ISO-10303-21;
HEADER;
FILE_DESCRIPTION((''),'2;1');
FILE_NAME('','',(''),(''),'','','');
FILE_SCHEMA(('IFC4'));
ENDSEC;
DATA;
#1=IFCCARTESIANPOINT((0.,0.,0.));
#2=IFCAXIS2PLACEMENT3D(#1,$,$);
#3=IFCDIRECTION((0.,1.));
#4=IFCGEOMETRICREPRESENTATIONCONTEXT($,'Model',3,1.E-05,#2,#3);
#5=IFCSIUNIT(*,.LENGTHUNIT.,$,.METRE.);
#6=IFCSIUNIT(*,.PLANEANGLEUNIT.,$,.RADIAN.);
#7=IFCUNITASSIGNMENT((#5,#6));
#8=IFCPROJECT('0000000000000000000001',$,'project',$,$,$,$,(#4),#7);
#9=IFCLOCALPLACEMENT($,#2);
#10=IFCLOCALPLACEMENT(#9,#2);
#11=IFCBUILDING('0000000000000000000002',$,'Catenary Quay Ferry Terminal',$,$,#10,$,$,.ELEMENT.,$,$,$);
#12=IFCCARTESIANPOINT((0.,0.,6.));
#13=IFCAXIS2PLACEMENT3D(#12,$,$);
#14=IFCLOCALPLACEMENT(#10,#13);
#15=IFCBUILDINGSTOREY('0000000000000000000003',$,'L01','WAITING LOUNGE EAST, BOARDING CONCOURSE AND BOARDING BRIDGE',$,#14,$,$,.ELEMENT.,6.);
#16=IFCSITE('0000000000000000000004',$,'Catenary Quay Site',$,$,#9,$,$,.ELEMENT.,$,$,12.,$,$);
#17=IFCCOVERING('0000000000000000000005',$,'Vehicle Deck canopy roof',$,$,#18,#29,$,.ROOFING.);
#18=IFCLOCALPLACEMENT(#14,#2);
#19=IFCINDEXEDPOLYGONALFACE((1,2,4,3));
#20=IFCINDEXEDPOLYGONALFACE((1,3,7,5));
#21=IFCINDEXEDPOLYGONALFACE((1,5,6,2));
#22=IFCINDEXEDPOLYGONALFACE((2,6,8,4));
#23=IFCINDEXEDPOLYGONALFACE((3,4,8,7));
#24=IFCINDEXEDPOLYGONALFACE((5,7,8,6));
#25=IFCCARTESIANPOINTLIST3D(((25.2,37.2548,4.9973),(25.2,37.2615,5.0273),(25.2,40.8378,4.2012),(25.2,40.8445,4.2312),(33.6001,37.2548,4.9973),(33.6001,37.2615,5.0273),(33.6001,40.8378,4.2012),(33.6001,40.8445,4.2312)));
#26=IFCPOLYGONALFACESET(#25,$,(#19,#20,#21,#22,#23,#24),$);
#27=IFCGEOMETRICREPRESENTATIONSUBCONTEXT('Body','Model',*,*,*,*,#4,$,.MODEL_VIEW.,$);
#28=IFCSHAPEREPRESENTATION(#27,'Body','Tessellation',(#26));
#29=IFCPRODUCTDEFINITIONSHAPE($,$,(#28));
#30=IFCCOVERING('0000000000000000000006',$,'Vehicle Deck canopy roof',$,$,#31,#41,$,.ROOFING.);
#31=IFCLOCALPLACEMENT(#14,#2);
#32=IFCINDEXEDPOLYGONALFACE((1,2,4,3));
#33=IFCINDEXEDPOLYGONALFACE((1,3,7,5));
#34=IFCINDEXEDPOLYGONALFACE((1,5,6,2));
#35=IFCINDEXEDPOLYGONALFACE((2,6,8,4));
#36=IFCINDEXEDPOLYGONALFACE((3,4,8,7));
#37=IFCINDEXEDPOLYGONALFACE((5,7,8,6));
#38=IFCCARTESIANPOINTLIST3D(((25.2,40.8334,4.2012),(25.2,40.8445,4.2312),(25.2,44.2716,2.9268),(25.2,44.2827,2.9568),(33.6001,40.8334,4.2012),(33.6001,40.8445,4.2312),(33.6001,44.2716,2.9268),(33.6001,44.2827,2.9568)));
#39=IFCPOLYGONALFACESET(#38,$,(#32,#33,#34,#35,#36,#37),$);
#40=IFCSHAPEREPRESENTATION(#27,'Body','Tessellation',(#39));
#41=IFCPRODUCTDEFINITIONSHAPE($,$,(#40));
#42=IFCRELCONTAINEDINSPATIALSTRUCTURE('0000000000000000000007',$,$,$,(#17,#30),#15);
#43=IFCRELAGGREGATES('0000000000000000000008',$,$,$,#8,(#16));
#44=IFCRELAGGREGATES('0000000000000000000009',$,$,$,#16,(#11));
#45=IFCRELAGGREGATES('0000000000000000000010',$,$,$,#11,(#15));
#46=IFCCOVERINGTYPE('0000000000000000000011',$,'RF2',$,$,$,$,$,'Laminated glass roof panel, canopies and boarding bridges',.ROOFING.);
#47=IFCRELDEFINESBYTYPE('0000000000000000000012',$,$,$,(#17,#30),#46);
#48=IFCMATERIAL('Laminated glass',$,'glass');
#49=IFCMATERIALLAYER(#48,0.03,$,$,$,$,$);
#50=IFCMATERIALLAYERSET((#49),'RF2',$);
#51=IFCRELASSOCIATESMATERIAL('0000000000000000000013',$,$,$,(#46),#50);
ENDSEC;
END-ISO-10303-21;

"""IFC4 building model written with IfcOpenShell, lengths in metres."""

from ifc_helpers import new_model, si_unit, direction, frame, origin, place, context, subcontext, project, spatial, polyline, outline, extrude, material, layer, layer_set, type_object, element, save


model = new_model("IFC4")

# Units and contexts
model_context = context("Model", 3, precision=1e-05, world=origin(), true_north=direction((0.0, 1.0)))
body_context = subcontext(model_context, "Body", "Model", "MODEL_VIEW")
ifc_project = project(units=[si_unit("LENGTHUNIT", "METRE"), si_unit("PLANEANGLEUNIT", "RADIAN")], contexts=[model_context])

# Site, building, storey
site_placement = place(None, origin())
site = spatial("IfcSite", under=ifc_project, at=site_placement, Name="Catenary Quay Site", CompositionType="ELEMENT", RefElevation=12.0)
building_placement = place(site_placement, origin())
building = spatial("IfcBuilding", under=site, at=building_placement, Name="Catenary Quay Ferry Terminal", CompositionType="ELEMENT")
storey_placement = place(building_placement, frame((0.0, 0.0, 6.0)))
storey = spatial("IfcBuildingStorey", under=building, at=storey_placement, Name="L01", Description="WAITING LOUNGE EAST, BOARDING CONCOURSE AND BOARDING BRIDGE", CompositionType="ELEMENT", Elevation=6.0)

# Coverings
ifc_material_1 = material(Name="Laminated glass", Category="glass")
ifc_layer_1 = layer(ifc_material_1, 0.03)
ifc_layer_set_1 = layer_set([ifc_layer_1], Name="RF2")
covering_type_1 = type_object("IfcCoveringType", Name="RF2", ElementType="Laminated glass roof panel, canopies and boarding bridges", PredefinedType="ROOFING", material=ifc_layer_set_1)
covering_1_placement = place(storey_placement, frame((25.2, 37.2615, 5.0273), z_axis=(0.0, 0.216909, 0.976192), x_axis=(1.0, 0.0, 0.0)))
element("IfcCovering", 1, at=covering_1_placement, inside=storey, type_object=covering_type_1, Name="Vehicle Deck canopy roof", PredefinedType="ROOFING", context=body_context, shape_type="SweptSolid", body=[
    extrude(outline(polyline([(0.0, 0.0), (8.4001, 0.0), (8.4001, 3.6704), (0.0, 3.6704), (0.0, 0.0)])), origin(), (0.0, 0.0, -1.0), 0.0308),
])
covering_2_placement = place(storey_placement, frame((25.2, 40.8445, 4.2312), z_axis=(0.0, 0.347553, 0.93766), x_axis=(1.0, 0.0, 0.0)))
element("IfcCovering", 2, at=covering_2_placement, inside=storey, type_object=covering_type_1, Name="Vehicle Deck canopy roof", PredefinedType="ROOFING", context=body_context, shape_type="SweptSolid", body=[
    extrude(outline(polyline([(0.0, 0.0), (8.4001, 0.0), (8.4001, 3.6668), (0.0, 3.6668), (0.0, 0.0)])), origin(), (0.0, 0.0, -1.0), 0.032),
])

save(model, "model.ifc")
